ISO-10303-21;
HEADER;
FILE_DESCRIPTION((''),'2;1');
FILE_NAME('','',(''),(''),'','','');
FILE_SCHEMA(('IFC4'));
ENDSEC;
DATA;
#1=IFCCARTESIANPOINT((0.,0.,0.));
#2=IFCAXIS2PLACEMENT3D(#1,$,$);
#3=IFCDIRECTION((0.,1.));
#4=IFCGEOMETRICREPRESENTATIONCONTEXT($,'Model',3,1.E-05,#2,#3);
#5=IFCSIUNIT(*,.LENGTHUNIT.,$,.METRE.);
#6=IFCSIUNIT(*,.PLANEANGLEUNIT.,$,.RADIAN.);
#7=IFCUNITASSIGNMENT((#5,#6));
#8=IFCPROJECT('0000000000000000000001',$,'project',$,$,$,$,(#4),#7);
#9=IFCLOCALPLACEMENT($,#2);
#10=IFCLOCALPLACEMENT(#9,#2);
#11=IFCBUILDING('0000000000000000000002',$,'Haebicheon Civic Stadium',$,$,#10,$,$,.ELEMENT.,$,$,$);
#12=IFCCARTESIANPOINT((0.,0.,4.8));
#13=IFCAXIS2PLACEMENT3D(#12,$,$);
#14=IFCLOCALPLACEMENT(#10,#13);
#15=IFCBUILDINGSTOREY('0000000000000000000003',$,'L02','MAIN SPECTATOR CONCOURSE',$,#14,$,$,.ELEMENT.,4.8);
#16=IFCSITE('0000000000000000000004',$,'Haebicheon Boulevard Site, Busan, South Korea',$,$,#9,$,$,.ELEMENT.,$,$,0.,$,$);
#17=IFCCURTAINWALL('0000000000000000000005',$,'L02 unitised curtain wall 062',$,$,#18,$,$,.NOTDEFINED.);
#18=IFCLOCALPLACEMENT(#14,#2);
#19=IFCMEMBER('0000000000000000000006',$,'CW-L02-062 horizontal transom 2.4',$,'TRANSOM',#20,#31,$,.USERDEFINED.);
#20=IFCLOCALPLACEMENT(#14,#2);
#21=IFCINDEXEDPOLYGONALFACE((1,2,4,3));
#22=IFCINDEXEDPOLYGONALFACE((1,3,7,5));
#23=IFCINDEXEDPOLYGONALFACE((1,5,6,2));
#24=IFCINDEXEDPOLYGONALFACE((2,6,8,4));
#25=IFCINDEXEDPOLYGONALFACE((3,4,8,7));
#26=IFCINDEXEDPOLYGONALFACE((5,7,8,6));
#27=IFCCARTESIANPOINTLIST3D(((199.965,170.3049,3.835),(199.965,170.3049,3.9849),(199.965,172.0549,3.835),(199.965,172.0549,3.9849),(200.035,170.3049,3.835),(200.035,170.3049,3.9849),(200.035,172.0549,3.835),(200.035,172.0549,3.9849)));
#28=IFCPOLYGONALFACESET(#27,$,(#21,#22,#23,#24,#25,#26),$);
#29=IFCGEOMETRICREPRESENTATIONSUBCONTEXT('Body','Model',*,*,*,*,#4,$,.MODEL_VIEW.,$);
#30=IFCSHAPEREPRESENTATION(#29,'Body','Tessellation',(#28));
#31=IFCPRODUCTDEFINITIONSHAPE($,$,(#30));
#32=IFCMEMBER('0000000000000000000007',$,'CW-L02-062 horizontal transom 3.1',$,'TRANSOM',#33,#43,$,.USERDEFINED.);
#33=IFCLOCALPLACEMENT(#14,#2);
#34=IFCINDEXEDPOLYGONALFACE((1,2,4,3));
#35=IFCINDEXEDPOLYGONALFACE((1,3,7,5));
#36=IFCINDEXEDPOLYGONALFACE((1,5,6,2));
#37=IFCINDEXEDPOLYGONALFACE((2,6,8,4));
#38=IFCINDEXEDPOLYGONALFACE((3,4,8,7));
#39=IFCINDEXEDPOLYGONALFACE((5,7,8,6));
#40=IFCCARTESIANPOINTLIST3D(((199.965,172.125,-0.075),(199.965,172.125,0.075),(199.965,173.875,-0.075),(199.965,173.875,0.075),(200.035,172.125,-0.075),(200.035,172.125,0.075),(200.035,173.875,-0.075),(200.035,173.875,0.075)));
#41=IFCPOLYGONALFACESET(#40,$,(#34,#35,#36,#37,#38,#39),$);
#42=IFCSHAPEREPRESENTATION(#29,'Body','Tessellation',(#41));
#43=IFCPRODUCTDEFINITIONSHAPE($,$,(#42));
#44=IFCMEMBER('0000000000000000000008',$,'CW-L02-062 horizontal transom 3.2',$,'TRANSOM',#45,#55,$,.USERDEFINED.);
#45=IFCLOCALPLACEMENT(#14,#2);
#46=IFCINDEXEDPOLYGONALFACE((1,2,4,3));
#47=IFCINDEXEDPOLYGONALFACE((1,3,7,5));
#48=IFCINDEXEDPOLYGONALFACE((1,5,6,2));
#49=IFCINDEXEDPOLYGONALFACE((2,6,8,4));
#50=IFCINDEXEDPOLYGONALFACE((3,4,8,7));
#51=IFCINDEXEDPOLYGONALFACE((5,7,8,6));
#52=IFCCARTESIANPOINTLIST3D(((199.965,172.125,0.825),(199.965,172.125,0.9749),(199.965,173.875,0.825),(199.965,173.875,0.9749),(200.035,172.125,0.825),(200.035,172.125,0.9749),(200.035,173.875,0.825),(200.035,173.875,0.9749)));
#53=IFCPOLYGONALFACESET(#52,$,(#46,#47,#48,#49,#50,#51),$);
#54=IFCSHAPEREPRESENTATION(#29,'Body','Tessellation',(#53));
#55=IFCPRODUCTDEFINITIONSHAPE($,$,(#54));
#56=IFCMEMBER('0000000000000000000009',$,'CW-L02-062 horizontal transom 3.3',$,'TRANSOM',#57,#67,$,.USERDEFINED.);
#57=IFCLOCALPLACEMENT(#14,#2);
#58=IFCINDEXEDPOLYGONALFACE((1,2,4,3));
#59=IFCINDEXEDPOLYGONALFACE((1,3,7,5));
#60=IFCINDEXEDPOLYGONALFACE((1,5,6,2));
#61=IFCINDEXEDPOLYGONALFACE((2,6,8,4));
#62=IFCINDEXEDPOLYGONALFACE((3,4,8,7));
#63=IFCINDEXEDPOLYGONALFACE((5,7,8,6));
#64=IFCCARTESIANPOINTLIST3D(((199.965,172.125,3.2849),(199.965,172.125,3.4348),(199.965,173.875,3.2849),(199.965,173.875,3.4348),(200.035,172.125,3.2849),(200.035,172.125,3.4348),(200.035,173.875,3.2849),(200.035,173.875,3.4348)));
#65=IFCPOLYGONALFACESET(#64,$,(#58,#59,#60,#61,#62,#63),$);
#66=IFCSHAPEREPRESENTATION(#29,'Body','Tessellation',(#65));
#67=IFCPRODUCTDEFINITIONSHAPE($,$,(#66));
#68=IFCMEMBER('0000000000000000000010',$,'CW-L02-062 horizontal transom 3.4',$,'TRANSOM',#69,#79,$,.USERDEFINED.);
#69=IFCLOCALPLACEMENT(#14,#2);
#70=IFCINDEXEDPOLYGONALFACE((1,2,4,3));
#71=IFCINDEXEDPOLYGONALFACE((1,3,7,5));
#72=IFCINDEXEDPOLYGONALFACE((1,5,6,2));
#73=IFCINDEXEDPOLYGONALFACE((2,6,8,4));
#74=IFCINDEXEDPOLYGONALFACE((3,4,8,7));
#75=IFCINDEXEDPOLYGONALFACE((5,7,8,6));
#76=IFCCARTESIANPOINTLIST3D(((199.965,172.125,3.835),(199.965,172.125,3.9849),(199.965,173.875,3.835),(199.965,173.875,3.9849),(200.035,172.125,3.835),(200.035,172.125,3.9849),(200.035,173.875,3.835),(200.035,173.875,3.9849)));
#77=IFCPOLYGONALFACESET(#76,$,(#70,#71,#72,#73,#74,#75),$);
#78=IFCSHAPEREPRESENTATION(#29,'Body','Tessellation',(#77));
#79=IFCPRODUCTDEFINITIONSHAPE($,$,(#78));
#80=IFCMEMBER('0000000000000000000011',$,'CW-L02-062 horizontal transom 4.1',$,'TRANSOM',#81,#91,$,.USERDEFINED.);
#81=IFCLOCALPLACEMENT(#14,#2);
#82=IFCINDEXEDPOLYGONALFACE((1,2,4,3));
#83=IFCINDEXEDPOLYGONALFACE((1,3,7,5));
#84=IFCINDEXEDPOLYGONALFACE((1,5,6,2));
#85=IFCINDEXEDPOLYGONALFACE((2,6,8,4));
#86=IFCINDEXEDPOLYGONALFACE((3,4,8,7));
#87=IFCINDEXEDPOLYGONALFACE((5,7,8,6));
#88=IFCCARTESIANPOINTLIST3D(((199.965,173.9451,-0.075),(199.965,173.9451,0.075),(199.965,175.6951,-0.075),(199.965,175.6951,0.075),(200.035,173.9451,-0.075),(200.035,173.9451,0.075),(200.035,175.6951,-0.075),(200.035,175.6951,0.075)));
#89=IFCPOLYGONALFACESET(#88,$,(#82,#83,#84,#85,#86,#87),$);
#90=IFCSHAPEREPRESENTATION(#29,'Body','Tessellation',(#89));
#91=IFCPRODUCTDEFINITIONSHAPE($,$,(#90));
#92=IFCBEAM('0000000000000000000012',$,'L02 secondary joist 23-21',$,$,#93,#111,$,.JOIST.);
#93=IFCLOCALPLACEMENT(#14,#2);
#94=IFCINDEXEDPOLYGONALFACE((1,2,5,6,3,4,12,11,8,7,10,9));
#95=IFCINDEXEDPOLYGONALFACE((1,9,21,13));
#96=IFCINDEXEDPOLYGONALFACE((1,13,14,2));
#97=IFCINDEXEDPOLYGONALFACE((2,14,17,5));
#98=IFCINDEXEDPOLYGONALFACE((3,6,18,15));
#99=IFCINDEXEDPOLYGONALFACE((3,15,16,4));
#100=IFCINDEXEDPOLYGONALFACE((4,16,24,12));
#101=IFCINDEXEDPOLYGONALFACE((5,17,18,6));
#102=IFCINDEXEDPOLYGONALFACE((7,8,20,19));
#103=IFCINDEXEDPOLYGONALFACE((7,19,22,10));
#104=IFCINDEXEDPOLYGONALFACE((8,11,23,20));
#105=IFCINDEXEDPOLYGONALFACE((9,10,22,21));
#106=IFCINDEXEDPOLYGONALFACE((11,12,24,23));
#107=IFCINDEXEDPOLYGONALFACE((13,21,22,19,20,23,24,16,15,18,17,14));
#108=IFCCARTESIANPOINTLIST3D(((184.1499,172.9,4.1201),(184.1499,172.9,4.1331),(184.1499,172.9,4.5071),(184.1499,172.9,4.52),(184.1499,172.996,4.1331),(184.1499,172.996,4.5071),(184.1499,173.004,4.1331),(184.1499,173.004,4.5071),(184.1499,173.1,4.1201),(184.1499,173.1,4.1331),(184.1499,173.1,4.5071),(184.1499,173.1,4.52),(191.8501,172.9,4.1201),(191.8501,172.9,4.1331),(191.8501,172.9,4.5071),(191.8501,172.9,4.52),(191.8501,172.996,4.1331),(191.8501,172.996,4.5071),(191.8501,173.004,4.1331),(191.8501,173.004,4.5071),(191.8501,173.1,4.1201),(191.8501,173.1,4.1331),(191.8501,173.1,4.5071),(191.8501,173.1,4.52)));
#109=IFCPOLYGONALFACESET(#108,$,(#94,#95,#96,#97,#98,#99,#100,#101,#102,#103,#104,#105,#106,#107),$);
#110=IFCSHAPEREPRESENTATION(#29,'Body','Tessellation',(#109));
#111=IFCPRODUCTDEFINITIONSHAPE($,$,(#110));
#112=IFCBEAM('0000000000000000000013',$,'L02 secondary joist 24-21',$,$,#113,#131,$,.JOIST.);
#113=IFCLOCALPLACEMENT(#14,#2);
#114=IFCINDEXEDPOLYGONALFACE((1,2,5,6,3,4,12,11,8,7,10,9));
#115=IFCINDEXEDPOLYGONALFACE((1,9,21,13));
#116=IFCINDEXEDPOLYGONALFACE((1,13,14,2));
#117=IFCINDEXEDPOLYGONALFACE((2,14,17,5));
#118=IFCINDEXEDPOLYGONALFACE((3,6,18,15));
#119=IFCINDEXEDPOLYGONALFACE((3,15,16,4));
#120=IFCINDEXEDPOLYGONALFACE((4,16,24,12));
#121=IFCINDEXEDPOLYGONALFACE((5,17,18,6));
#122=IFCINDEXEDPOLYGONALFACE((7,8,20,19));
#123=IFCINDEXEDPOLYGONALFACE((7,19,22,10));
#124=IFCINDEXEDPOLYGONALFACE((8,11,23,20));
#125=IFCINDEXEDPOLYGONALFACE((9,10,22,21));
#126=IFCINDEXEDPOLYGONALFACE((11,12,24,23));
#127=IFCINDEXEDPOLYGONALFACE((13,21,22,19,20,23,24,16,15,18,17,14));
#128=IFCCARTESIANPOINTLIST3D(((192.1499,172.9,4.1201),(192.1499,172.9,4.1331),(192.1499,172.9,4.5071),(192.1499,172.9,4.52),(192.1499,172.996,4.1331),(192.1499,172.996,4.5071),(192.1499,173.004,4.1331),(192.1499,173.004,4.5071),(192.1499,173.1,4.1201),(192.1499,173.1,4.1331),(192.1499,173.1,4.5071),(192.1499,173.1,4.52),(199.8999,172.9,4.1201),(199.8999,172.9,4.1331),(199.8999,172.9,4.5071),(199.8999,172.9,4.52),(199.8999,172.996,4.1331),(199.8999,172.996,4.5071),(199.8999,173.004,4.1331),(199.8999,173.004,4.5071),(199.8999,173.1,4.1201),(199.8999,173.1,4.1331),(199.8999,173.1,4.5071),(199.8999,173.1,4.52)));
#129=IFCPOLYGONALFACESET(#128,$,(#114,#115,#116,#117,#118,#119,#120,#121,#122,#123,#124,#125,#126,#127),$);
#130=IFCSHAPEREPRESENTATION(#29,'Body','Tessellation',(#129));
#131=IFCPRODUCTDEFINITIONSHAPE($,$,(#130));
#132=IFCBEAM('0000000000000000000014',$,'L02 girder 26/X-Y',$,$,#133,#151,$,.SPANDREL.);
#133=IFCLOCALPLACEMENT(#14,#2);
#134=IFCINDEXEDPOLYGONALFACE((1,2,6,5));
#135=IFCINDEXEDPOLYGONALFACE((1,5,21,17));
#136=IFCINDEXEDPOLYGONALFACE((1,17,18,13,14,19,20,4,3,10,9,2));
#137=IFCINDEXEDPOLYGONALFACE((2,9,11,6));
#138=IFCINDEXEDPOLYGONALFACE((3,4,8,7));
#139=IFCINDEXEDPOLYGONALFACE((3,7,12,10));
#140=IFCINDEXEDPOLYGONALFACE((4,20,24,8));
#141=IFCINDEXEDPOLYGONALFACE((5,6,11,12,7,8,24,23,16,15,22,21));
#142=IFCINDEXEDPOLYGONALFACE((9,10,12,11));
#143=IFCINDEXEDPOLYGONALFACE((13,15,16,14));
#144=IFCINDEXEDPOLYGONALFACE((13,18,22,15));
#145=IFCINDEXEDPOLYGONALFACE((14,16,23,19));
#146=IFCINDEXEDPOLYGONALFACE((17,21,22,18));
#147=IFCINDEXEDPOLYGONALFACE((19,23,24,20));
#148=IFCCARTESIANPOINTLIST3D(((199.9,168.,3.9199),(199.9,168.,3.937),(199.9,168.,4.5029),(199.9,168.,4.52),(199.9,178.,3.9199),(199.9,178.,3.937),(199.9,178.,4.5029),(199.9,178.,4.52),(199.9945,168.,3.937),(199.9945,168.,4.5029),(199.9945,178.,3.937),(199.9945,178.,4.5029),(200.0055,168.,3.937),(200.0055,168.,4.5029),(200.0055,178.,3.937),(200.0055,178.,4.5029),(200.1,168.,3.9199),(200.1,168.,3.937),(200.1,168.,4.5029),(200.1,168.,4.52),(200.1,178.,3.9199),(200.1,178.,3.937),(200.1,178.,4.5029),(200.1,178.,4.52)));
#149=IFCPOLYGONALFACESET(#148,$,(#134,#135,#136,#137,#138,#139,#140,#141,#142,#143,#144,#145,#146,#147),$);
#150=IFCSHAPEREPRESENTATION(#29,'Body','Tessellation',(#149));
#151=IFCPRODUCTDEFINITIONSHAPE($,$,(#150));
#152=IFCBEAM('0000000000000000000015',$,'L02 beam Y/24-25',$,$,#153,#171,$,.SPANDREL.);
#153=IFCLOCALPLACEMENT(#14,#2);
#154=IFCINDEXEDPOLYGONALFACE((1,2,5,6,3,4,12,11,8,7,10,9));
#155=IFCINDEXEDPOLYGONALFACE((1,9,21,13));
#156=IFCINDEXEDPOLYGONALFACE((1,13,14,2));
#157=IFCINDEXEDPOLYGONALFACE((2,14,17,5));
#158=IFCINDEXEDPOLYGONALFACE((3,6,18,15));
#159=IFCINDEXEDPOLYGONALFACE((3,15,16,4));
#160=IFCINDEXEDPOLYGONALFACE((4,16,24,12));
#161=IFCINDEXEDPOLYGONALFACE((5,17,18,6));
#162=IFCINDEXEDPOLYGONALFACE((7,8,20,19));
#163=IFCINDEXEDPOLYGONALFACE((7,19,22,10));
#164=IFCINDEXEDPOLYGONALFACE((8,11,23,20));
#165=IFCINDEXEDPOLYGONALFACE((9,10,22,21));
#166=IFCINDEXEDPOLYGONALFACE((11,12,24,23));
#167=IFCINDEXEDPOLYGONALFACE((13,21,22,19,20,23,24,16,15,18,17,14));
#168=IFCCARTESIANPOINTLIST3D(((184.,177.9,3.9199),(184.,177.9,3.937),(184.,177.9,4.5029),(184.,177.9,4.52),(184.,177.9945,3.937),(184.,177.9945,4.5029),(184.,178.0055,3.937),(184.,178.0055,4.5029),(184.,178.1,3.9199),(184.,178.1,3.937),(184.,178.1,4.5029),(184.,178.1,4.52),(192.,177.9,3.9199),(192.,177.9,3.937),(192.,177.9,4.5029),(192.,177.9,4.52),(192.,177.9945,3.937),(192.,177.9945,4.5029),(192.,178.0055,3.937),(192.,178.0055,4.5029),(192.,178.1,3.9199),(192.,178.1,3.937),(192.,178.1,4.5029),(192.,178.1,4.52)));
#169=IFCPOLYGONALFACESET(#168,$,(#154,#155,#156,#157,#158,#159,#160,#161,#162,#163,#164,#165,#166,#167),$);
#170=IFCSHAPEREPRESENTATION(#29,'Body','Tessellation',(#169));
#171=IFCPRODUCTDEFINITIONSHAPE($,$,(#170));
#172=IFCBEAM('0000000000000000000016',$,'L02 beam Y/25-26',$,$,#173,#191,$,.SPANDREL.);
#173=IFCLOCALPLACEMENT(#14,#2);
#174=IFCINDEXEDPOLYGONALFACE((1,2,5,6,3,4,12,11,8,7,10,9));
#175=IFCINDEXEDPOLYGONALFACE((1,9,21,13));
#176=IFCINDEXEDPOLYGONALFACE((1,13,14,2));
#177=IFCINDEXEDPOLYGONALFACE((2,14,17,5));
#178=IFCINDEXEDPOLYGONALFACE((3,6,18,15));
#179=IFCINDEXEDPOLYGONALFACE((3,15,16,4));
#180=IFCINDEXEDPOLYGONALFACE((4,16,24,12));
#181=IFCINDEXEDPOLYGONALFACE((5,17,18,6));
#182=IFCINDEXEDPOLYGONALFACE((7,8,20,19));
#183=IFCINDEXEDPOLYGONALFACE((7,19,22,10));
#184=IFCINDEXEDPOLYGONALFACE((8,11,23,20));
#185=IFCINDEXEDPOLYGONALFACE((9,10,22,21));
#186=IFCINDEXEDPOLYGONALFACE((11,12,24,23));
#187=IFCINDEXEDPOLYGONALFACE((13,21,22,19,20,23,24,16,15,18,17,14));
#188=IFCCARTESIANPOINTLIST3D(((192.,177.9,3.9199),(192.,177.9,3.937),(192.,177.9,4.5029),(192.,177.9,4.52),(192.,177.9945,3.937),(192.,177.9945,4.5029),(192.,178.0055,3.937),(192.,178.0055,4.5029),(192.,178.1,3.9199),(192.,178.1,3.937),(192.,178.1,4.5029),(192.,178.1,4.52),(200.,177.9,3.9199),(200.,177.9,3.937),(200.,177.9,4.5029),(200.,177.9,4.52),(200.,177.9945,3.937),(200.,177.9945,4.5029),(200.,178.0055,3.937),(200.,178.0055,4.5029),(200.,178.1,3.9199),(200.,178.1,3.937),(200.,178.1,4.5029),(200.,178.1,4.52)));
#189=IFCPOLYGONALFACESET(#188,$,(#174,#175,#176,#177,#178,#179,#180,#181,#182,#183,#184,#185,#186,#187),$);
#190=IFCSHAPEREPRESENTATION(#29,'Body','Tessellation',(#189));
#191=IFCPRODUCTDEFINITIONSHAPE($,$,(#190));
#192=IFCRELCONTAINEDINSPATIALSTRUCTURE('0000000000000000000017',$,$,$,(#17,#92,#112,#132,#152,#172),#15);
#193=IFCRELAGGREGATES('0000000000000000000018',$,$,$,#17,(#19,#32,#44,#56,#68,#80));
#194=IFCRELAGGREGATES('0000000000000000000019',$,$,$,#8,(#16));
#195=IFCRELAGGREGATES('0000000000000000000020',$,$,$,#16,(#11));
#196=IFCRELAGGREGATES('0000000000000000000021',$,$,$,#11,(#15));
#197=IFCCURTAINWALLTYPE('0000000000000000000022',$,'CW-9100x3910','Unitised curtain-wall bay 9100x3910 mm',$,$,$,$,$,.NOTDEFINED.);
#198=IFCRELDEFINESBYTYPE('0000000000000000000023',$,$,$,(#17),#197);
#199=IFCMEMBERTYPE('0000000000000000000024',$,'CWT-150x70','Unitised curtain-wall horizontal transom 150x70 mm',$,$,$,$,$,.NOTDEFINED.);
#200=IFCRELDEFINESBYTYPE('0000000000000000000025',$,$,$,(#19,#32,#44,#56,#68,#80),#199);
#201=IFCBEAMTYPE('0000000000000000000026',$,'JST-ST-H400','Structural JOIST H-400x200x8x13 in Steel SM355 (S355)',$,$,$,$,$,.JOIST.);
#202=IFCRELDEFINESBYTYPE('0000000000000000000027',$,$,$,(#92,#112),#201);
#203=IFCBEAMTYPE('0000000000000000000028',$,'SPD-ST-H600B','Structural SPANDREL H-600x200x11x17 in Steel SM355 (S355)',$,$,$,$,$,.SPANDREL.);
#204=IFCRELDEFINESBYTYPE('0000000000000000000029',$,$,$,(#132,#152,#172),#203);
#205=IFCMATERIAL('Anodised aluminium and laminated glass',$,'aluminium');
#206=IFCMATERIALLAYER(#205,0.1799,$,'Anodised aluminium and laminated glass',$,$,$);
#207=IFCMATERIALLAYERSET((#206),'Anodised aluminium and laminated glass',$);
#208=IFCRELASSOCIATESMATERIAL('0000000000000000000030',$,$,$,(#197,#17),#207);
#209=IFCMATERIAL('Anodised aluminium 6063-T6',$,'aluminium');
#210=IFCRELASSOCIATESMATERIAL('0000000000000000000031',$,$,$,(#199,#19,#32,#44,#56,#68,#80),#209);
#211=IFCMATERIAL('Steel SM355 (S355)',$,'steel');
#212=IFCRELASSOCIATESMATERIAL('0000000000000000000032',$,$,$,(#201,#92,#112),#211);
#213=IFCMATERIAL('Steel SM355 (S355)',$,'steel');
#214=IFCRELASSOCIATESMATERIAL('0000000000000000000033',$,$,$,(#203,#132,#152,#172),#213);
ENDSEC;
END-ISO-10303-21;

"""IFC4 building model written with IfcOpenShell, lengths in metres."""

from ifc_helpers import new_model, si_unit, direction, frame, origin, origin_2d, place, context, subcontext, project, spatial, rectangle, i_section, extrude, material, layer, layer_set, material_profile, profile_set, type_object, element, aggregate, save


model = new_model("IFC4")

# Units and contexts
model_context = context("Model", 3, precision=1e-05, world=origin(), true_north=direction((0.0, 1.0)))
body_context = subcontext(model_context, "Body", "Model", "MODEL_VIEW")
ifc_project = project(units=[si_unit("LENGTHUNIT", "METRE"), si_unit("PLANEANGLEUNIT", "RADIAN")], contexts=[model_context])

# Site, building, storey
site_placement = place(None, origin())
site = spatial("IfcSite", under=ifc_project, at=site_placement, Name="Haebicheon Boulevard Site, Busan, South Korea", CompositionType="ELEMENT", RefElevation=0.0)
building_placement = place(site_placement, origin())
building = spatial("IfcBuilding", under=site, at=building_placement, Name="Haebicheon Civic Stadium", CompositionType="ELEMENT")
storey_placement = place(building_placement, frame((0.0, 0.0, 4.8)))
storey = spatial("IfcBuildingStorey", under=building, at=storey_placement, Name="L02", Description="MAIN SPECTATOR CONCOURSE", CompositionType="ELEMENT", Elevation=4.8)

# Curtain wall, members
ifc_material_1 = material(Name="Anodised aluminium and laminated glass", Category="aluminium")
ifc_layer_1 = layer(ifc_material_1, 0.1799, Name="Anodised aluminium and laminated glass")
ifc_layer_set_1 = layer_set([ifc_layer_1], Name="Anodised aluminium and laminated glass")
curtain_wall_type_1 = type_object("IfcCurtainWallType", Name="CW-9100x3910", Description="Unitised curtain-wall bay 9100x3910 mm", PredefinedType="NOTDEFINED", material=ifc_layer_set_1)
curtain_wall_1_placement = place(storey_placement, origin())
curtain_wall_1 = element("IfcCurtainWall", 1, at=curtain_wall_1_placement, inside=storey, type_object=curtain_wall_type_1, material=ifc_layer_set_1, Name="L02 unitised curtain wall 062", PredefinedType="NOTDEFINED")
ifc_material_2 = material(Name="Anodised aluminium 6063-T6", Category="aluminium")
ifc_material_profile_1 = material_profile(ifc_material_2, rectangle(XDim=0.0701, YDim=0.1499, at=origin_2d()), Name="ALU-TRAN-70x150")
ifc_profile_set_1 = profile_set([ifc_material_profile_1], Name="Anodised aluminium 6063-T6")
member_type_1 = type_object("IfcMemberType", Name="CWT-150x70", Description="Unitised curtain-wall horizontal transom 150x70 mm", PredefinedType="NOTDEFINED", material=ifc_profile_set_1)
member_1_placement = place(storey_placement, frame((200.0, 170.3049, 3.9099), z_axis=(0.0, 1.0, 0.0), x_axis=(-1.0, 0.0, 0.0)))
member_1 = element("IfcMember", 2, at=member_1_placement, type_object=member_type_1, material=ifc_profile_set_1, Name="CW-L02-062 horizontal transom 2.4", ObjectType="TRANSOM", PredefinedType="USERDEFINED", context=body_context, shape_type="SweptSolid", body=[
    extrude(rectangle(XDim=0.0701, YDim=0.1499, at=origin_2d()), origin(), (0.0, 0.0, 1.0), 1.75),
])
member_2_placement = place(storey_placement, frame((200.0, 172.125, 0.0), z_axis=(0.0, 1.0, 0.0), x_axis=(-1.0, 0.0, 0.0)))
member_2 = element("IfcMember", 3, at=member_2_placement, type_object=member_type_1, material=ifc_profile_set_1, Name="CW-L02-062 horizontal transom 3.1", ObjectType="TRANSOM", PredefinedType="USERDEFINED", context=body_context, shape_type="SweptSolid", body=[
    extrude(rectangle(XDim=0.0701, YDim=0.1499, at=origin_2d()), origin(), (0.0, 0.0, 1.0), 1.75),
])
member_3_placement = place(storey_placement, frame((200.0, 172.125, 0.8999), z_axis=(0.0, 1.0, 0.0), x_axis=(-1.0, 0.0, 0.0)))
member_3 = element("IfcMember", 4, at=member_3_placement, type_object=member_type_1, material=ifc_profile_set_1, Name="CW-L02-062 horizontal transom 3.2", ObjectType="TRANSOM", PredefinedType="USERDEFINED", context=body_context, shape_type="SweptSolid", body=[
    extrude(rectangle(XDim=0.0701, YDim=0.1499, at=origin_2d()), origin(), (0.0, 0.0, 1.0), 1.75),
])
member_4_placement = place(storey_placement, frame((200.0, 172.125, 3.3599), z_axis=(0.0, 1.0, 0.0), x_axis=(-1.0, 0.0, 0.0)))
member_4 = element("IfcMember", 5, at=member_4_placement, type_object=member_type_1, material=ifc_profile_set_1, Name="CW-L02-062 horizontal transom 3.3", ObjectType="TRANSOM", PredefinedType="USERDEFINED", context=body_context, shape_type="SweptSolid", body=[
    extrude(rectangle(XDim=0.0701, YDim=0.1499, at=origin_2d()), origin(), (0.0, 0.0, 1.0), 1.75),
])
member_5_placement = place(storey_placement, frame((200.0, 172.125, 3.9099), z_axis=(0.0, 1.0, 0.0), x_axis=(-1.0, 0.0, 0.0)))
member_5 = element("IfcMember", 6, at=member_5_placement, type_object=member_type_1, material=ifc_profile_set_1, Name="CW-L02-062 horizontal transom 3.4", ObjectType="TRANSOM", PredefinedType="USERDEFINED", context=body_context, shape_type="SweptSolid", body=[
    extrude(rectangle(XDim=0.0701, YDim=0.1499, at=origin_2d()), origin(), (0.0, 0.0, 1.0), 1.75),
])
member_6_placement = place(storey_placement, frame((200.0, 173.9451, 0.0), z_axis=(0.0, 1.0, 0.0), x_axis=(-1.0, 0.0, 0.0)))
member_6 = element("IfcMember", 7, at=member_6_placement, type_object=member_type_1, material=ifc_profile_set_1, Name="CW-L02-062 horizontal transom 4.1", ObjectType="TRANSOM", PredefinedType="USERDEFINED", context=body_context, shape_type="SweptSolid", body=[
    extrude(rectangle(XDim=0.0701, YDim=0.1499, at=origin_2d()), origin(), (0.0, 0.0, 1.0), 1.75),
])

# Beams
ifc_material_3 = material(Name="Steel SM355 (S355)", Category="steel")
ifc_material_profile_2 = material_profile(ifc_material_3, i_section(OverallWidth=0.2, OverallDepth=0.3999, WebThickness=0.0081, FlangeThickness=0.0129, at=origin_2d()), Name="H-400x200x8x13")
ifc_profile_set_2 = profile_set([ifc_material_profile_2], Name="Steel SM355 (S355)")
beam_type_1 = type_object("IfcBeamType", Name="JST-ST-H400", Description="Structural JOIST H-400x200x8x13 in Steel SM355 (S355)", PredefinedType="JOIST", material=ifc_profile_set_2)
beam_1_placement = place(storey_placement, frame((184.1499, 173.0, 4.3201), z_axis=(1.0, 0.0, 0.0), x_axis=(0.0, 1.0, 0.0)))
element("IfcBeam", 8, at=beam_1_placement, inside=storey, type_object=beam_type_1, material=ifc_profile_set_2, Name="L02 secondary joist 23-21", PredefinedType="JOIST", context=body_context, shape_type="SweptSolid", body=[
    extrude(i_section(OverallWidth=0.2, OverallDepth=0.3999, WebThickness=0.0081, FlangeThickness=0.0129, at=origin_2d()), origin(), (0.0, 0.0, 1.0), 7.7002),
])
beam_2_placement = place(storey_placement, frame((192.1499, 173.0, 4.3201), z_axis=(1.0, 0.0, 0.0), x_axis=(0.0, 1.0, 0.0)))
element("IfcBeam", 9, at=beam_2_placement, inside=storey, type_object=beam_type_1, material=ifc_profile_set_2, Name="L02 secondary joist 24-21", PredefinedType="JOIST", context=body_context, shape_type="SweptSolid", body=[
    extrude(i_section(OverallWidth=0.2, OverallDepth=0.3999, WebThickness=0.0081, FlangeThickness=0.0129, at=origin_2d()), origin(), (0.0, 0.0, 1.0), 7.75),
])
ifc_material_4 = material(Name="Steel SM355 (S355)", Category="steel")
ifc_material_profile_3 = material_profile(ifc_material_4, i_section(OverallWidth=0.2, OverallDepth=0.6001, WebThickness=0.011, FlangeThickness=0.0171, at=origin_2d()), Name="H-600x200x11x17")
ifc_profile_set_3 = profile_set([ifc_material_profile_3], Name="Steel SM355 (S355)")
beam_type_2 = type_object("IfcBeamType", Name="SPD-ST-H600B", Description="Structural SPANDREL H-600x200x11x17 in Steel SM355 (S355)", PredefinedType="SPANDREL", material=ifc_profile_set_3)
beam_3_placement = place(storey_placement, frame((200.0, 168.0, 4.22), z_axis=(0.0, 1.0, 0.0), x_axis=(-1.0, 0.0, 0.0)))
element("IfcBeam", 10, at=beam_3_placement, inside=storey, type_object=beam_type_2, material=ifc_profile_set_3, Name="L02 girder 26/X-Y", PredefinedType="SPANDREL", context=body_context, shape_type="SweptSolid", body=[
    extrude(i_section(OverallWidth=0.2, OverallDepth=0.6001, WebThickness=0.011, FlangeThickness=0.0171, at=origin_2d()), origin(), (0.0, 0.0, 1.0), 10.0),
])
for number, where, z_axis, x_axis, name in (
    (11, (184.0, 178.0, 4.22), (1.0, 0.0, 0.0), (0.0, 1.0, 0.0), "L02 beam Y/24-25"),
    (12, (192.0, 178.0, 4.22), (1.0, 0.0, 0.0), (0.0, 1.0, 0.0), "L02 beam Y/25-26"),
):
    element("IfcBeam", number, at=place(storey_placement, frame(where, z_axis=z_axis, x_axis=x_axis)), inside=storey, type_object=beam_type_2, material=ifc_profile_set_3, Name=name, PredefinedType="SPANDREL", context=body_context, shape_type="SweptSolid", body=[
        extrude(i_section(OverallWidth=0.2, OverallDepth=0.6001, WebThickness=0.011, FlangeThickness=0.0171, at=origin_2d()), origin(), (0.0, 0.0, 1.0), 8.0),
    ])

aggregate(curtain_wall_1, [member_1, member_2, member_3, member_4, member_5, member_6])

save(model, "model.ifc")
